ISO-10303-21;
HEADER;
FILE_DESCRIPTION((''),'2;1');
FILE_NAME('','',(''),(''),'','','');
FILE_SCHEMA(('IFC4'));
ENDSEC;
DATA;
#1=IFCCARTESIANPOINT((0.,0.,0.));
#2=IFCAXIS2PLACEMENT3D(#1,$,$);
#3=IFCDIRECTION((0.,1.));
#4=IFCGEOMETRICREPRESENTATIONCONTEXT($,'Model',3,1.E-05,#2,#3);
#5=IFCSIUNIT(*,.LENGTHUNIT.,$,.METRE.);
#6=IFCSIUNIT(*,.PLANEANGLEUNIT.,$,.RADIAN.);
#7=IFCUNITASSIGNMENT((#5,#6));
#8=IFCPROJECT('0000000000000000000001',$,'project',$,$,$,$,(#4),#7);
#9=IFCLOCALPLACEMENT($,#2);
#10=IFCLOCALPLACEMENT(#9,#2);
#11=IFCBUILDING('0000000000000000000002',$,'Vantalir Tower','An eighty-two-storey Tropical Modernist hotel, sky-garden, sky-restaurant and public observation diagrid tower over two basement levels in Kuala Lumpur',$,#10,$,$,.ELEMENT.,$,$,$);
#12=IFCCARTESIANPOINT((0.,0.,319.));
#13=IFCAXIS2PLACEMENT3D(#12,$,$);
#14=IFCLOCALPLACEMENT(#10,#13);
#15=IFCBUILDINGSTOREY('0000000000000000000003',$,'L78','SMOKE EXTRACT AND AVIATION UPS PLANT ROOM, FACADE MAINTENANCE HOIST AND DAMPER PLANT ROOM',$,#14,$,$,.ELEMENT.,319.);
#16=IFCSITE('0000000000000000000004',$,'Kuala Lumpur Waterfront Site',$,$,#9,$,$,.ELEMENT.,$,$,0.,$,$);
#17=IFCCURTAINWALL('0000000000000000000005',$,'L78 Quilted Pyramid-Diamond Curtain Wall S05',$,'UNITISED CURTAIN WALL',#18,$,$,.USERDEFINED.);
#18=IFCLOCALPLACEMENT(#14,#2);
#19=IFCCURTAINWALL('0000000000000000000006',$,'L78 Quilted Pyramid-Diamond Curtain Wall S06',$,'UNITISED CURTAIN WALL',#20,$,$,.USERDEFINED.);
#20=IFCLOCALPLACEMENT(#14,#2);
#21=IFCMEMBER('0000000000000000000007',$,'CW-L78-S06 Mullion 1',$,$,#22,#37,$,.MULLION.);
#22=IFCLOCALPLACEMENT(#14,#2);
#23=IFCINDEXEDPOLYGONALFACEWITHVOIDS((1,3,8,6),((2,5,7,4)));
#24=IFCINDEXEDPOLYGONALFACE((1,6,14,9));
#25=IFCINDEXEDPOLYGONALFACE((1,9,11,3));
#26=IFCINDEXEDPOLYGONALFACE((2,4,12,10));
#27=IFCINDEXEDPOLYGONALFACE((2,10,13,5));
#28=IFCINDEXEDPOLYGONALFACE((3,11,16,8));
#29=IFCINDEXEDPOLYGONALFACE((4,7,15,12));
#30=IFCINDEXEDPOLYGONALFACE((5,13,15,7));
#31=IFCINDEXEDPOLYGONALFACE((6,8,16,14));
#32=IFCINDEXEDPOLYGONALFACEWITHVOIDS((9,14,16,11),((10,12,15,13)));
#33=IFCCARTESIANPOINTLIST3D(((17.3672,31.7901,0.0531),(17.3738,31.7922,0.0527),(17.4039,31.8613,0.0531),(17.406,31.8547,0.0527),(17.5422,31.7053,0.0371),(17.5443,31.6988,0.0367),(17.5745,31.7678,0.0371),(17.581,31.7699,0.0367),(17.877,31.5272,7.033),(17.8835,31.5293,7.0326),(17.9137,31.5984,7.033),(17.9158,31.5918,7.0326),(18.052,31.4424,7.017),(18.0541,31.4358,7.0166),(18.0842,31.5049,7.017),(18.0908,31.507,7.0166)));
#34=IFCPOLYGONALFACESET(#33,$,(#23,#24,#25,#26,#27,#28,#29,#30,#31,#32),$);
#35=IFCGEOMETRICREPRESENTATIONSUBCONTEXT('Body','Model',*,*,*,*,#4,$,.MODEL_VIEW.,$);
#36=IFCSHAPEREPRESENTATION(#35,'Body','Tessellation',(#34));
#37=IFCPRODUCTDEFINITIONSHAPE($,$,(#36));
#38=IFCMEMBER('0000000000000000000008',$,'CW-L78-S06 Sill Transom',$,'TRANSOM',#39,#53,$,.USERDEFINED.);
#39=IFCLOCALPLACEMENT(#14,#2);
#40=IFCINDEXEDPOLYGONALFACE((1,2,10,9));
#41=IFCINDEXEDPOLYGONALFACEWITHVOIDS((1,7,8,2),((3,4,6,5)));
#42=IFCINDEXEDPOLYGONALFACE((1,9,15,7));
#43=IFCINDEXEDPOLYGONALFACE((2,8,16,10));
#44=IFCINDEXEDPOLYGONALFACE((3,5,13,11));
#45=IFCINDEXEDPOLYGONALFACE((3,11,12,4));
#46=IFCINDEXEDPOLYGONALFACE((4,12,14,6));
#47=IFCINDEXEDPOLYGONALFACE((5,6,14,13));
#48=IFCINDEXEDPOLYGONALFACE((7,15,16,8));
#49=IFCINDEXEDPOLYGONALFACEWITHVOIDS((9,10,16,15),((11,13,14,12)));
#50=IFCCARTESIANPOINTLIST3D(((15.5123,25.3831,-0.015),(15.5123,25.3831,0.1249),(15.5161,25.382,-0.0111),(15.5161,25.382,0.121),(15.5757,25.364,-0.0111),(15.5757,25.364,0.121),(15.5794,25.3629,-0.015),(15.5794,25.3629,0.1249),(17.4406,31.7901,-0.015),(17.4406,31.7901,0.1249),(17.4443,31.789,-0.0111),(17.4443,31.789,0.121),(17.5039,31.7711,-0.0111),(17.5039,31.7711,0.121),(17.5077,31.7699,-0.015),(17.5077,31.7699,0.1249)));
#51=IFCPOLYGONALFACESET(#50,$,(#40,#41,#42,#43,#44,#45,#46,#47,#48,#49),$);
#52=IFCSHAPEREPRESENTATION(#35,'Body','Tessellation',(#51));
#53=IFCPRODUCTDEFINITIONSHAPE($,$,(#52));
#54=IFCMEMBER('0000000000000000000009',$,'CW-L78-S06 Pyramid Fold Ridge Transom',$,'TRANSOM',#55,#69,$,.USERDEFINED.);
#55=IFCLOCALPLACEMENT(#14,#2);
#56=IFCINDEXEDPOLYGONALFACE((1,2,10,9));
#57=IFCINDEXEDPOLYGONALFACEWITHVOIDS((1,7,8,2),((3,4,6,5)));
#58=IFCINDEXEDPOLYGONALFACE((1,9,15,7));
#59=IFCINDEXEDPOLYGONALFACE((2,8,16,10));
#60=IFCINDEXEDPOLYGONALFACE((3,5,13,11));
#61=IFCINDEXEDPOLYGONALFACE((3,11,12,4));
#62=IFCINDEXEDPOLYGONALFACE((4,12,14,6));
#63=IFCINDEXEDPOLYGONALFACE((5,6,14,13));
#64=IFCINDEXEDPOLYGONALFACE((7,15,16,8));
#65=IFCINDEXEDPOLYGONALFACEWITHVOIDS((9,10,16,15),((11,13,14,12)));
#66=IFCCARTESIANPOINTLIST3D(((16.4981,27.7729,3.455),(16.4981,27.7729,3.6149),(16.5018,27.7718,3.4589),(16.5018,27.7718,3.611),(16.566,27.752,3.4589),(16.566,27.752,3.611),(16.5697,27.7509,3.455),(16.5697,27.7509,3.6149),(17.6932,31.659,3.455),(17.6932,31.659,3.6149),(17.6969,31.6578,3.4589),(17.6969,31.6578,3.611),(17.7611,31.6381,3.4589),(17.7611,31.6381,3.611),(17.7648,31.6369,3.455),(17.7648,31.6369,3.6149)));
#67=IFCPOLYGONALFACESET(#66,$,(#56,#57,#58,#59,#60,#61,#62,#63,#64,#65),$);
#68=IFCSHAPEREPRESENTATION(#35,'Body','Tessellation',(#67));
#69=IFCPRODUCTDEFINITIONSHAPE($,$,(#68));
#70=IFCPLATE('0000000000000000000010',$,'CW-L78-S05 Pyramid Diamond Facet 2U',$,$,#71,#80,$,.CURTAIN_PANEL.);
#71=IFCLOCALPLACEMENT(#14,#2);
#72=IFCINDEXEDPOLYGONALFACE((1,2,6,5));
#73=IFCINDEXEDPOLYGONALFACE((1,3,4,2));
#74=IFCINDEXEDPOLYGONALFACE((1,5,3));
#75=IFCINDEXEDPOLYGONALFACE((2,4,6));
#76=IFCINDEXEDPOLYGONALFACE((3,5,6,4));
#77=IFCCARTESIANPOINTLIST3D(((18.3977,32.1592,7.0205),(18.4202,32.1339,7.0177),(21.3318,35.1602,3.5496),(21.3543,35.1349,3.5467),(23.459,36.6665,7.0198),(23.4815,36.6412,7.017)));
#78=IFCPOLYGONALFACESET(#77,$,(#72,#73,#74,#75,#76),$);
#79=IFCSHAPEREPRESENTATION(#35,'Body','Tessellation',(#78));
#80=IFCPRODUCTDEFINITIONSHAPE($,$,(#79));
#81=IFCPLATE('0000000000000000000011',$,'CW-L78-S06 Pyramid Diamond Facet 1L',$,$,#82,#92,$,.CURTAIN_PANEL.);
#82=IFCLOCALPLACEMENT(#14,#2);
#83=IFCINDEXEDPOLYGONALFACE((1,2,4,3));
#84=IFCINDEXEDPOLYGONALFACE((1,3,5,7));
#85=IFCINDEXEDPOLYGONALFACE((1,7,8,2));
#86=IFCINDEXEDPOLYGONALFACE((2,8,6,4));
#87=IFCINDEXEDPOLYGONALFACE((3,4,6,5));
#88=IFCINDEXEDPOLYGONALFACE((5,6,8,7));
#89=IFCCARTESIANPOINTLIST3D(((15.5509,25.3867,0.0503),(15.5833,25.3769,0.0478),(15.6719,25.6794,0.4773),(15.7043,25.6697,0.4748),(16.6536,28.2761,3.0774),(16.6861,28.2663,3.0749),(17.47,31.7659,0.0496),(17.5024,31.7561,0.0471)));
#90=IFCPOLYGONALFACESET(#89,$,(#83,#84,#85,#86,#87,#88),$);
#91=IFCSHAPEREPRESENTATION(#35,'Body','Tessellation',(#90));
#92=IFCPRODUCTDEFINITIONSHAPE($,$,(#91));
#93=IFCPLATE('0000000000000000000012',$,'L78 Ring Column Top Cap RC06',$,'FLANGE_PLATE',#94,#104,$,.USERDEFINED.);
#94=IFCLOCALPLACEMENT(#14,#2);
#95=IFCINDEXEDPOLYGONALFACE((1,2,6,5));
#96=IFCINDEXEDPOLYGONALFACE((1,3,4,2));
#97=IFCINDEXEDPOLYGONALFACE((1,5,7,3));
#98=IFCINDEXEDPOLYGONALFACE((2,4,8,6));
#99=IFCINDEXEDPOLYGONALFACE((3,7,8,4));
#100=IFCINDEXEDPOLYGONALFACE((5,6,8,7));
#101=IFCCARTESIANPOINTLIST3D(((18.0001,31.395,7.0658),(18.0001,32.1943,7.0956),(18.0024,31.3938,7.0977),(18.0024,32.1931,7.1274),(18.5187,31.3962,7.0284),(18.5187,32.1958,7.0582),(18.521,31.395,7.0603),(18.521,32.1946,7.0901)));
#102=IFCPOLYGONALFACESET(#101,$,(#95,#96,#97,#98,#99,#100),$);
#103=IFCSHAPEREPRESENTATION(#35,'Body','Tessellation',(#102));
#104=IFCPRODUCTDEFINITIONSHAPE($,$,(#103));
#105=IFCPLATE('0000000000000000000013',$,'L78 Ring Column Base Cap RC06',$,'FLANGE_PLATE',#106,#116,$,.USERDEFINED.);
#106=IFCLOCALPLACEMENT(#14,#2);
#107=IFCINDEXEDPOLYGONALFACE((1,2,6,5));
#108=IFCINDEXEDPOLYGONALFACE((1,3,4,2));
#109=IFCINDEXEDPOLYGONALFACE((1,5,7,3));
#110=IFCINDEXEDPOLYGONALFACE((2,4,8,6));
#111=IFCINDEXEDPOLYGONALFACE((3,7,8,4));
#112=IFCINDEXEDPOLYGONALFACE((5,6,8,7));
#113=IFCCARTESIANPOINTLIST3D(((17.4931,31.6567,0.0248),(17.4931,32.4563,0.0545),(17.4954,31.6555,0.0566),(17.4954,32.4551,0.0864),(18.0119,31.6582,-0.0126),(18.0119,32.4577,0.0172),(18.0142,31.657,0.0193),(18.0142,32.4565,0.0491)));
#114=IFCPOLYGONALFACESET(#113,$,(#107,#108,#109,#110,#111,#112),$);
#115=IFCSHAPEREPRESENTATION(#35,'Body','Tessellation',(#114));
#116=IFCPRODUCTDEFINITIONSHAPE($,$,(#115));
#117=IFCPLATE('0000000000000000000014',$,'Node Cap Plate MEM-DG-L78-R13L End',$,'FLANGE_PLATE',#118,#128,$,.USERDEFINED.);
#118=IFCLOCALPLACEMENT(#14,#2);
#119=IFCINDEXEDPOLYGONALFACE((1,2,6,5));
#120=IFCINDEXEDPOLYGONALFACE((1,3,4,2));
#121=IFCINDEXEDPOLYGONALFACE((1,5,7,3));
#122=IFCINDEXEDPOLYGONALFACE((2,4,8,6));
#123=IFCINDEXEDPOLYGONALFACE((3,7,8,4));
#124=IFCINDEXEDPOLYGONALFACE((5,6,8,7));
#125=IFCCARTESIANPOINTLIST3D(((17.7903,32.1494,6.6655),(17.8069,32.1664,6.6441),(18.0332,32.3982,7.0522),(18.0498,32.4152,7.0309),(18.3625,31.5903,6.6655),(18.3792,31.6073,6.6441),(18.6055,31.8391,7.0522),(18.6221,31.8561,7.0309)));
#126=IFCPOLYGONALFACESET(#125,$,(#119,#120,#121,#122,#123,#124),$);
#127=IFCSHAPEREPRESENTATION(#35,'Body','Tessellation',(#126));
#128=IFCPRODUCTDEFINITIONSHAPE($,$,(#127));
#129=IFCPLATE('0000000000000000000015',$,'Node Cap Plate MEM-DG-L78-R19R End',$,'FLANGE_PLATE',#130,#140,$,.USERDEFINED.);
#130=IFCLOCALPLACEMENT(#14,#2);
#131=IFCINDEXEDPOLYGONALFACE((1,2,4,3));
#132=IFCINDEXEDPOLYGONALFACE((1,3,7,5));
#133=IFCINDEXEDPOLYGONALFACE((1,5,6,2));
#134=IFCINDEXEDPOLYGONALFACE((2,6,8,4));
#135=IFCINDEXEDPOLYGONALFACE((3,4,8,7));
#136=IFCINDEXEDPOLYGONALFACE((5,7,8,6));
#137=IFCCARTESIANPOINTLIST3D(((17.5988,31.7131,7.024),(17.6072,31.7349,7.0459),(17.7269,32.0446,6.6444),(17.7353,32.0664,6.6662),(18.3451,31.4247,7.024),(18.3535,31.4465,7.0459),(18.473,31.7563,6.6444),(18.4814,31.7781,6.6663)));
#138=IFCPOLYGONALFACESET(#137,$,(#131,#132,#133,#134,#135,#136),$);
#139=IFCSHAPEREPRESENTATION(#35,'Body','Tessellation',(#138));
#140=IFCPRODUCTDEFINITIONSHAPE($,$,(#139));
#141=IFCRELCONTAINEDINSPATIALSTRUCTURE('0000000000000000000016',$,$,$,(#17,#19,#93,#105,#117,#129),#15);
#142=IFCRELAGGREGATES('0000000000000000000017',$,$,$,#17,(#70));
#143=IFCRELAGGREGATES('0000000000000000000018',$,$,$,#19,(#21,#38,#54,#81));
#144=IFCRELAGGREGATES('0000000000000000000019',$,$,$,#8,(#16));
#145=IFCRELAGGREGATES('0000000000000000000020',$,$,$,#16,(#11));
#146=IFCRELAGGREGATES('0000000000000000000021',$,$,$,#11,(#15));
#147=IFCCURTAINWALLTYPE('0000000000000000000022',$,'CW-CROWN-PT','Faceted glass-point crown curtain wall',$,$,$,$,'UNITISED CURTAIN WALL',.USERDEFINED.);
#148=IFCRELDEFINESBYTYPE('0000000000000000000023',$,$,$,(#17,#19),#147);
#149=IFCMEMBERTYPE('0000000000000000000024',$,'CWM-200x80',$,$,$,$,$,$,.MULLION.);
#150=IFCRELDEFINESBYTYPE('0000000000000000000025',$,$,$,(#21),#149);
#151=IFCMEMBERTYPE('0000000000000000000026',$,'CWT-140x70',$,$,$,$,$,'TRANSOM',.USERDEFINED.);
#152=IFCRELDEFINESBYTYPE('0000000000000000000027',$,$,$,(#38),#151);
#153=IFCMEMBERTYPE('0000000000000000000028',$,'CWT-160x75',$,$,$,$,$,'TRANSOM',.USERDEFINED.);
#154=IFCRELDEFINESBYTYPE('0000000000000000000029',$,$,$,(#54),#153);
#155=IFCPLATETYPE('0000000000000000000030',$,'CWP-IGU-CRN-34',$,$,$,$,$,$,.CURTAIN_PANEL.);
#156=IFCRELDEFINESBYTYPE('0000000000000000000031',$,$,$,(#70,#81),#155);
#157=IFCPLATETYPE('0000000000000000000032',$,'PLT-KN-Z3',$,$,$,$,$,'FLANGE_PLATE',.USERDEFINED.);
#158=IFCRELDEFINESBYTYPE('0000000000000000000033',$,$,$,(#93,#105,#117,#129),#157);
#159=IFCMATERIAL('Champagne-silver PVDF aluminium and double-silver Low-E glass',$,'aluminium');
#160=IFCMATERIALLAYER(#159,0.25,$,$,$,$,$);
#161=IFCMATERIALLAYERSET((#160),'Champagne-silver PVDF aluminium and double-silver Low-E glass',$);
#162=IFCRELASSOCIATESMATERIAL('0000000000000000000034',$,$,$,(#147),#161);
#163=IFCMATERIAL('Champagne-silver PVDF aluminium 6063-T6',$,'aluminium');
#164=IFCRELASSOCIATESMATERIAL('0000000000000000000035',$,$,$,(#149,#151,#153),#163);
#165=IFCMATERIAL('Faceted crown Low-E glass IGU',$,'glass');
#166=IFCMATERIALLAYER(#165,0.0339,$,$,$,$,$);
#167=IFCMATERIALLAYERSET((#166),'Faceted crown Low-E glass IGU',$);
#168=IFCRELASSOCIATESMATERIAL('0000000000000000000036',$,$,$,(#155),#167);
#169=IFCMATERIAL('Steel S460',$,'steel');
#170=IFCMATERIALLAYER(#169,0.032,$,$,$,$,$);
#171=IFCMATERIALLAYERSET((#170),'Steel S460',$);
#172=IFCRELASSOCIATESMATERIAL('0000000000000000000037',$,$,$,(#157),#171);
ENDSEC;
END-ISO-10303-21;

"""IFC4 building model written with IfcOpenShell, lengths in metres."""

from ifc_helpers import new_model, si_unit, direction, frame, origin, origin_2d, place, context, subcontext, project, spatial, polyline, hollow_rectangle, outline, extrude, material, layer, layer_set, material_profile, profile_set, type_object, element, aggregate, save


model = new_model("IFC4")

# Units and contexts
model_context = context("Model", 3, precision=1e-05, world=origin(), true_north=direction((0.0, 1.0)))
body_context = subcontext(model_context, "Body", "Model", "MODEL_VIEW")
ifc_project = project(units=[si_unit("LENGTHUNIT", "METRE"), si_unit("PLANEANGLEUNIT", "RADIAN")], contexts=[model_context])

# Site, building, storey
site_placement = place(None, origin())
site = spatial("IfcSite", under=ifc_project, at=site_placement, Name="Kuala Lumpur Waterfront Site", CompositionType="ELEMENT", RefElevation=0.0)
building_placement = place(site_placement, origin())
building = spatial("IfcBuilding", under=site, at=building_placement, Name="Vantalir Tower", Description="An eighty-two-storey Tropical Modernist hotel, sky-garden, sky-restaurant and public observation diagrid tower over two basement levels in Kuala Lumpur", CompositionType="ELEMENT")
storey_placement = place(building_placement, frame((0.0, 0.0, 319.0)))
storey = spatial("IfcBuildingStorey", under=building, at=storey_placement, Name="L78", Description="SMOKE EXTRACT AND AVIATION UPS PLANT ROOM, FACADE MAINTENANCE HOIST AND DAMPER PLANT ROOM", CompositionType="ELEMENT", Elevation=319.0)

# Shared definitions
ifc_material_1 = material(Name="Steel S460", Category="steel")

# Curtain wall
ifc_material_2 = material(Name="Champagne-silver PVDF aluminium and double-silver Low-E glass", Category="aluminium")
ifc_layer_1 = layer(ifc_material_2, 0.25)
ifc_layer_set_1 = layer_set([ifc_layer_1], Name="Champagne-silver PVDF aluminium and double-silver Low-E glass")
curtain_wall_type = type_object("IfcCurtainWallType", Name="CW-CROWN-PT", Description="Faceted glass-point crown curtain wall", ElementType="UNITISED CURTAIN WALL", PredefinedType="USERDEFINED", material=ifc_layer_set_1)
curtain_wall_1_placement = place(storey_placement, origin())
curtain_wall_1 = element("IfcCurtainWall", 1, at=curtain_wall_1_placement, inside=storey, type_object=curtain_wall_type, Name="L78 Quilted Pyramid-Diamond Curtain Wall S05", ObjectType="UNITISED CURTAIN WALL", PredefinedType="USERDEFINED")
ifc_material_3 = material(Name="Champagne-silver PVDF aluminium 6063-T6", Category="aluminium")
ifc_material_profile_1 = material_profile(ifc_material_3, hollow_rectangle(XDim=0.0801, YDim=0.2, WallThickness=0.0049, at=origin_2d()), Name="Champagne-silver PVDF aluminium 6063-T6")
ifc_profile_set_1 = profile_set([ifc_material_profile_1], Name="Champagne-silver PVDF aluminium 6063-T6")
member_type_1 = type_object("IfcMemberType", Name="CWM-200x80", PredefinedType="MULLION", material=ifc_profile_set_1)

# Curtain wall, members
curtain_wall_2_placement = place(storey_placement, origin())
curtain_wall_2 = element("IfcCurtainWall", 2, at=curtain_wall_2_placement, inside=storey, type_object=curtain_wall_type, Name="L78 Quilted Pyramid-Diamond Curtain Wall S06", ObjectType="UNITISED CURTAIN WALL", PredefinedType="USERDEFINED")
member_1_placement = place(storey_placement, frame((17.4741, 31.78, 0.0449), z_axis=(0.072787, -0.037544, 0.996641), x_axis=(0.458415, 0.888738, 0.0)))
member_1 = element("IfcMember", 3, at=member_1_placement, type_object=member_type_1, Name="CW-L78-S06 Mullion 1", PredefinedType="MULLION", context=body_context, shape_type="SweptSolid", body=[
    extrude(hollow_rectangle(XDim=0.0801, YDim=0.2, WallThickness=0.0049, at=origin_2d()), origin(), (0.0, 0.0, 1.0), 7.0034),
])
ifc_material_profile_2 = material_profile(ifc_material_3, hollow_rectangle(XDim=0.0701, YDim=0.1399, WallThickness=0.0039, at=origin_2d()), Name="Champagne-silver PVDF aluminium 6063-T6")
ifc_profile_set_2 = profile_set([ifc_material_profile_2], Name="Champagne-silver PVDF aluminium 6063-T6")
member_type_2 = type_object("IfcMemberType", Name="CWT-140x70", ElementType="TRANSOM", PredefinedType="USERDEFINED", material=ifc_profile_set_2)
member_2_placement = place(storey_placement, frame((17.4741, 31.78, 0.0549), z_axis=(-0.288188, -0.957574, 0.0), x_axis=(0.957574, -0.288188, 0.0)))
member_2 = element("IfcMember", 4, at=member_2_placement, type_object=member_type_2, Name="CW-L78-S06 Sill Transom", ObjectType="TRANSOM", PredefinedType="USERDEFINED", context=body_context, shape_type="SweptSolid", body=[
    extrude(hollow_rectangle(XDim=0.0701, YDim=0.1399, WallThickness=0.0039, at=origin_2d()), origin(), (0.0, 0.0, 1.0), 6.6909),
])
ifc_material_profile_3 = material_profile(ifc_material_3, hollow_rectangle(XDim=0.075, YDim=0.1599, WallThickness=0.0039, at=origin_2d()), Name="Champagne-silver PVDF aluminium 6063-T6")
ifc_profile_set_3 = profile_set([ifc_material_profile_3], Name="Champagne-silver PVDF aluminium 6063-T6")
member_type_3 = type_object("IfcMemberType", Name="CWT-160x75", ElementType="TRANSOM", PredefinedType="USERDEFINED", material=ifc_profile_set_3)
member_3_placement = place(storey_placement, frame((17.729, 31.6479, 3.5349), z_axis=(-0.293947, -0.955822, 0.0), x_axis=(0.955822, -0.293947, 0.0)))
member_3 = element("IfcMember", 5, at=member_3_placement, type_object=member_type_3, Name="CW-L78-S06 Pyramid Fold Ridge Transom", ObjectType="TRANSOM", PredefinedType="USERDEFINED", context=body_context, shape_type="SweptSolid", body=[
    extrude(hollow_rectangle(XDim=0.075, YDim=0.1599, WallThickness=0.0039, at=origin_2d()), origin(), (0.0, 0.0, 1.0), 4.0657),
])

# Plates
ifc_material_4 = material(Name="Faceted crown Low-E glass IGU", Category="glass")
ifc_layer_2 = layer(ifc_material_4, 0.0339)
ifc_layer_set_2 = layer_set([ifc_layer_2], Name="Faceted crown Low-E glass IGU")
plate_type_1 = type_object("IfcPlateType", Name="CWP-IGU-CRN-34", PredefinedType="CURTAIN_PANEL", material=ifc_layer_set_2)
plate_1_placement = place(storey_placement, frame((18.3977, 32.1592, 7.0205), z_axis=(-0.662744, 0.744209, 0.083208), x_axis=(0.746793, 0.665057, -0.000108)))
plate_1 = element("IfcPlate", 6, at=plate_1_placement, type_object=plate_type_1, Name="CW-L78-S05 Pyramid Diamond Facet 2U", PredefinedType="CURTAIN_PANEL", context=body_context, shape_type="SweptSolid", body=[
    extrude(outline(polyline([(0.0, 0.0), (6.7774, 0.0), (4.1873, 3.4826), (0.0, 0.0)])), origin(), (0.0, 0.0, -1.0), 0.0339),
])
aggregate(curtain_wall_1, [plate_1])
plate_2_placement = place(storey_placement, frame((17.47, 31.7659, 0.0496), z_axis=(-0.955, 0.28731, 0.073669), x_axis=(-0.288085, -0.957605, 0.000109)))
plate_2 = element("IfcPlate", 7, at=plate_2_placement, type_object=plate_type_1, Name="CW-L78-S06 Pyramid Diamond Facet 1L", PredefinedType="CURTAIN_PANEL", context=body_context, shape_type="SweptSolid", body=[
    extrude(outline(polyline([(0.0, 0.0), (6.6616, 0.0), (6.3464, 0.4282), (3.5773, 3.0357), (0.0, 0.0)])), origin(), (0.0, 0.0, -1.0), 0.0339),
])
aggregate(curtain_wall_2, [member_1, member_2, member_3, plate_2])

# Plates
ifc_layer_3 = layer(ifc_material_1, 0.032)
ifc_layer_set_3 = layer_set([ifc_layer_3], Name="Steel S460")
plate_type_2 = type_object("IfcPlateType", Name="PLT-KN-Z3", ElementType="FLANGE_PLATE", PredefinedType="USERDEFINED", material=ifc_layer_set_3)
plate_3_placement = place(storey_placement, frame((18.0024, 32.1931, 7.1274), z_axis=(0.071894, -0.037135, 0.996721), x_axis=(0.0, -0.999307, -0.037232)))
element("IfcPlate", 8, at=plate_3_placement, inside=storey, type_object=plate_type_2, Name="L78 Ring Column Top Cap RC06", ObjectType="FLANGE_PLATE", PredefinedType="USERDEFINED", context=body_context, shape_type="SweptSolid", body=[
    extrude(outline(polyline([(0.0, 0.0), (0.7999, 0.0), (0.8, 0.5199), (-0.0001, 0.5199), (0.0, 0.0)])), origin(), (0.0, 0.0, -1.0), 0.032),
])
plate_4_placement = place(storey_placement, frame((17.4954, 32.4551, 0.0864), z_axis=(0.071869, -0.03713, 0.996723), x_axis=(0.0, -0.999307, -0.037226)))
element("IfcPlate", 9, at=plate_4_placement, inside=storey, type_object=plate_type_2, Name="L78 Ring Column Base Cap RC06", ObjectType="FLANGE_PLATE", PredefinedType="USERDEFINED", context=body_context, shape_type="SweptSolid", body=[
    extrude(outline(polyline([(0.0, 0.0), (0.8001, 0.0), (0.8, 0.5201), (-0.0001, 0.5201), (0.0, 0.0)])), origin(), (0.0, 0.0, -1.0), 0.032),
])
plate_5_placement = place(storey_placement, frame((17.7903, 32.1494, 6.6655), z_axis=(-0.519654, -0.531908, 0.668605), x_axis=(0.715298, -0.698819, 0.0)))
element("IfcPlate", 10, at=plate_5_placement, inside=storey, type_object=plate_type_2, Name="Node Cap Plate MEM-DG-L78-R13L End", ObjectType="FLANGE_PLATE", PredefinedType="USERDEFINED", context=body_context, shape_type="SweptSolid", body=[
    extrude(outline(polyline([(0.0, 0.0), (0.8, 0.0), (0.7999, 0.5201), (-0.0001, 0.5201), (0.0, 0.0)])), origin(), (0.0, 0.0, -1.0), 0.032),
])
plate_6_placement = place(storey_placement, frame((18.4814, 31.7781, 6.6663), z_axis=(0.263113, 0.680951, 0.68343), x_axis=(-0.932781, 0.360444, -0.000027)))
element("IfcPlate", 11, at=plate_6_placement, inside=storey, type_object=plate_type_2, Name="Node Cap Plate MEM-DG-L78-R19R End", ObjectType="FLANGE_PLATE", PredefinedType="USERDEFINED", context=body_context, shape_type="SweptSolid", body=[
    extrude(outline(polyline([(0.0, 0.0), (0.7999, 0.0), (0.7999, 0.5201), (-0.0002, 0.52), (0.0, 0.0)])), origin(), (0.0, 0.0, -1.0), 0.032),
])

save(model, "model.ifc")
